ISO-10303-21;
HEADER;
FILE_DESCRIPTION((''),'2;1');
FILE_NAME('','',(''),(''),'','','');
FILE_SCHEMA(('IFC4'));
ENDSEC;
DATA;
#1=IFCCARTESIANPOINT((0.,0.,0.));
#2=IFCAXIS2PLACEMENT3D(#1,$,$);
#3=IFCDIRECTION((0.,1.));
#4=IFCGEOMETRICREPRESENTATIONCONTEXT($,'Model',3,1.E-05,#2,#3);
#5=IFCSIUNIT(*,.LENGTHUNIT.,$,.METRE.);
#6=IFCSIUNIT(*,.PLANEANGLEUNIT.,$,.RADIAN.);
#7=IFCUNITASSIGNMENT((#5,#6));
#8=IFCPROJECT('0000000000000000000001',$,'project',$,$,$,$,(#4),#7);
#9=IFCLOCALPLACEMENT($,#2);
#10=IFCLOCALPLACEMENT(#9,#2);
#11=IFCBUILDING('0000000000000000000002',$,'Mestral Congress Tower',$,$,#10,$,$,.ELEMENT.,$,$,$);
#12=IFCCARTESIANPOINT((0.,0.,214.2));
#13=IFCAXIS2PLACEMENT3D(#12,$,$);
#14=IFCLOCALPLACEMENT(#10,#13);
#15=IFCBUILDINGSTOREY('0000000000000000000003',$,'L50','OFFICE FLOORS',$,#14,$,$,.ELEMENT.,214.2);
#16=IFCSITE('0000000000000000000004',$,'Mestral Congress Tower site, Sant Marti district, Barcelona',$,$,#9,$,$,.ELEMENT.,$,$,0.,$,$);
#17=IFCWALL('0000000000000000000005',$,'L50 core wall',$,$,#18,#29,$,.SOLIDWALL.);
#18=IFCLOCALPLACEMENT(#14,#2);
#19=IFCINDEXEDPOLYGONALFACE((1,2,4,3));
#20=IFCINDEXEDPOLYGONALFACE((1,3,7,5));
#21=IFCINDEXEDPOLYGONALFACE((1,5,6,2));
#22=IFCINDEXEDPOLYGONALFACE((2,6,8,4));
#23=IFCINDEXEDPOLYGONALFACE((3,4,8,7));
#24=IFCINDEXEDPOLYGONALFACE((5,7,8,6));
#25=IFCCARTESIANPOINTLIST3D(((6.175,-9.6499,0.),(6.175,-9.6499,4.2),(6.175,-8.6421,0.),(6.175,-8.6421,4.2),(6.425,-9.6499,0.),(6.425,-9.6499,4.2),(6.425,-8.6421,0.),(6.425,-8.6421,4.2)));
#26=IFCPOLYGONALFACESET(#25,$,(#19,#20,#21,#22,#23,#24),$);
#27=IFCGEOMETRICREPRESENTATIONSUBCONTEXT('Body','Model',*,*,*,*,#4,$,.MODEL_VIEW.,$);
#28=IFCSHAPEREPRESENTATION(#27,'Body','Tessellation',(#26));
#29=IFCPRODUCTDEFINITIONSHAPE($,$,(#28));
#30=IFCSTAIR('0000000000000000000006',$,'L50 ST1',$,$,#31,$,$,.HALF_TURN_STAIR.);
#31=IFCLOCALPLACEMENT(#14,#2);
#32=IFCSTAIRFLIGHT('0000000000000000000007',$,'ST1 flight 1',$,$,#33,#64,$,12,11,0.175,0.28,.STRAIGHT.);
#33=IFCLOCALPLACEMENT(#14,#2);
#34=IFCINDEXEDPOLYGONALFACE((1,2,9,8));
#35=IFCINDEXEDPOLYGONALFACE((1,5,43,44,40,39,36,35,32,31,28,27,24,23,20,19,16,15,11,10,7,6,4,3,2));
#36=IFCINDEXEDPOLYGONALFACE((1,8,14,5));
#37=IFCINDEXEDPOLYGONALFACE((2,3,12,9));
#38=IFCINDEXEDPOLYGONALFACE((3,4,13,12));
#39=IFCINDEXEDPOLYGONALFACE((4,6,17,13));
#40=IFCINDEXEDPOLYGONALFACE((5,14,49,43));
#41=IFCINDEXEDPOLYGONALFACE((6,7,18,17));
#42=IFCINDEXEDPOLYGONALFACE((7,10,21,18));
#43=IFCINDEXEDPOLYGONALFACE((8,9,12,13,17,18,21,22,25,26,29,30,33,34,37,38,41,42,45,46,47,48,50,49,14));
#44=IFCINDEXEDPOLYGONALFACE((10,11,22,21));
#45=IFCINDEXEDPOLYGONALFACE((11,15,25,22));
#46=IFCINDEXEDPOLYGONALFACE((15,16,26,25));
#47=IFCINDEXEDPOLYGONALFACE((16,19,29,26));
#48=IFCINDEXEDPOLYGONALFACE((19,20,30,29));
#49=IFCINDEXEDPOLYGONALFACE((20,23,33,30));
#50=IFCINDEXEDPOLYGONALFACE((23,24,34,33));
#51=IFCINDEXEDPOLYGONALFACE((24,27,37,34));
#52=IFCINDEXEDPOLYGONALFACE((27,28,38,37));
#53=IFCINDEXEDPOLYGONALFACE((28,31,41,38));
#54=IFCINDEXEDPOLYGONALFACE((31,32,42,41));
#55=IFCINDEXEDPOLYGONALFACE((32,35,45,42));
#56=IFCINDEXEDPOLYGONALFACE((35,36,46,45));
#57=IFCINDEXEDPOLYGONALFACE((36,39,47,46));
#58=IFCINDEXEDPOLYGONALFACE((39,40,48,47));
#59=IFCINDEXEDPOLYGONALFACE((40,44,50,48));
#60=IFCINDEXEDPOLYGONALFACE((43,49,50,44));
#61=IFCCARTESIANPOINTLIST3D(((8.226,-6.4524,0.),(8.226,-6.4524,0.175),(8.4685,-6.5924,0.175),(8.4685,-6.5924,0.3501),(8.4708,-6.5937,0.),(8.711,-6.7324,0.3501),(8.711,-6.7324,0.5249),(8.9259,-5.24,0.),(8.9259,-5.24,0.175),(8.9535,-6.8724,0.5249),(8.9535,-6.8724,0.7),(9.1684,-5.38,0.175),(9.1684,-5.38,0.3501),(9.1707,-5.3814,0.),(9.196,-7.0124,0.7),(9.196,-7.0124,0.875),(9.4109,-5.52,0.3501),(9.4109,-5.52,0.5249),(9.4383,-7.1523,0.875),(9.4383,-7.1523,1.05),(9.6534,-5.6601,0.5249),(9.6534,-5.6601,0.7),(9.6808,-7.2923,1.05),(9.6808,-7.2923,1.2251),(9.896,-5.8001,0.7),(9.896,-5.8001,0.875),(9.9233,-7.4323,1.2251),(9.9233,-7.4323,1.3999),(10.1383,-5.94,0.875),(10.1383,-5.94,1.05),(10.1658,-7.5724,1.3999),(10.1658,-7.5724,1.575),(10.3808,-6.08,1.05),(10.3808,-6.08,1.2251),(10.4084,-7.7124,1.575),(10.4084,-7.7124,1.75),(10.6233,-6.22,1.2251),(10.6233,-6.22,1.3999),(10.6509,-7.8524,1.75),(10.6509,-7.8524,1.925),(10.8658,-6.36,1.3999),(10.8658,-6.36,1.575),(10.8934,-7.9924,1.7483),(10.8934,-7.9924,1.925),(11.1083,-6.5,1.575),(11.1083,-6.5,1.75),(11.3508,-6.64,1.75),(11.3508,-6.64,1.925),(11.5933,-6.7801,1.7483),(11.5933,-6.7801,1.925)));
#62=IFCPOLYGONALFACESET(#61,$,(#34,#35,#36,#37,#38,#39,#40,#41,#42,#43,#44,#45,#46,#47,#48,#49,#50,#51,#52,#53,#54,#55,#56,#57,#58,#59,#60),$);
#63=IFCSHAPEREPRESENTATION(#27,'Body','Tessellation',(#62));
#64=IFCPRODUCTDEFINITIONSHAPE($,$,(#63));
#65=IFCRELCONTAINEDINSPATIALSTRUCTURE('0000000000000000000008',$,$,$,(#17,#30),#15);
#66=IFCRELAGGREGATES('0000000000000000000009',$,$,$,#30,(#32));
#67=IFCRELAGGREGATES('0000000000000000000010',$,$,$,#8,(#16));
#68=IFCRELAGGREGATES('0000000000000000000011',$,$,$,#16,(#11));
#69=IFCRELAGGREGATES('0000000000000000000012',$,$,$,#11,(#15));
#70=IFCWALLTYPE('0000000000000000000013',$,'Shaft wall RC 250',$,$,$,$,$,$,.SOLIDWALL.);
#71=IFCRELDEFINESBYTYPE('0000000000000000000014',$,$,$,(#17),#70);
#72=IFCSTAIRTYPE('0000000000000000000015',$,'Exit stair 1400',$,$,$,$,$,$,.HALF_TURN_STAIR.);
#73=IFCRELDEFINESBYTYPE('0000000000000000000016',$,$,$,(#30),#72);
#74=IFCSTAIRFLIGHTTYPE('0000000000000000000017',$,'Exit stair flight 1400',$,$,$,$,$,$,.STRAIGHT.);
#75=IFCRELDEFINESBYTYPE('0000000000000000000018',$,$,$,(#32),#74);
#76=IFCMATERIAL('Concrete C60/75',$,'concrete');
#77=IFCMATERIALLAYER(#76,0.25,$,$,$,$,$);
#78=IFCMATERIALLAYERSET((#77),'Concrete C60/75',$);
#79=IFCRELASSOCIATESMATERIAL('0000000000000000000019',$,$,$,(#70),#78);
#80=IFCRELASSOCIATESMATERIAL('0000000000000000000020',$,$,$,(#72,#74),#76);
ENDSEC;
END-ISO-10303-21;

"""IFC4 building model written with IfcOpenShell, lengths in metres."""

from ifc_helpers import new_model, si_unit, direction, frame, frame_2d, origin, place, context, subcontext, project, spatial, polyline, rectangle, outline, extrude, material, layer, layer_set, type_object, element, aggregate, save


model = new_model("IFC4")

# Units and contexts
model_context = context("Model", 3, precision=1e-05, world=origin(), true_north=direction((0.0, 1.0)))
body_context = subcontext(model_context, "Body", "Model", "MODEL_VIEW")
ifc_project = project(units=[si_unit("LENGTHUNIT", "METRE"), si_unit("PLANEANGLEUNIT", "RADIAN")], contexts=[model_context])

# Site, building, storey
site_placement = place(None, origin())
site = spatial("IfcSite", under=ifc_project, at=site_placement, Name="Mestral Congress Tower site, Sant Marti district, Barcelona", CompositionType="ELEMENT", RefElevation=0.0)
building_placement = place(site_placement, origin())
building = spatial("IfcBuilding", under=site, at=building_placement, Name="Mestral Congress Tower", CompositionType="ELEMENT")
storey_placement = place(building_placement, frame((0.0, 0.0, 214.2)))
storey = spatial("IfcBuildingStorey", under=building, at=storey_placement, Name="L50", Description="OFFICE FLOORS", CompositionType="ELEMENT", Elevation=214.2)

# Shared definitions
ifc_material_1 = material(Name="Concrete C60/75", Category="concrete")

# Wall
ifc_layer_1 = layer(ifc_material_1, 0.25)
ifc_layer_set_1 = layer_set([ifc_layer_1], Name="Concrete C60/75")
wall_type_1 = type_object("IfcWallType", Name="Shaft wall RC 250", PredefinedType="SOLIDWALL", material=ifc_layer_set_1)
wall_1_placement = place(storey_placement, frame((6.3, -9.6499, 0.0), z_axis=(0.0, 0.0, 1.0), x_axis=(0.0, 1.0, 0.0)))
element("IfcWall", 1, at=wall_1_placement, inside=storey, type_object=wall_type_1, Name="L50 core wall", PredefinedType="SOLIDWALL", context=body_context, shape_type="SweptSolid", body=[
    extrude(rectangle(XDim=1.0078, YDim=0.25, at=frame_2d((0.5039, 0.0))), origin(), (0.0, 0.0, 1.0), 4.2),
])

# Stair, stair flight
stair_type = type_object("IfcStairType", Name="Exit stair 1400", PredefinedType="HALF_TURN_STAIR", material=ifc_material_1)
stair_placement = place(storey_placement, origin())
stair = element("IfcStair", 2, at=stair_placement, inside=storey, type_object=stair_type, Name="L50 ST1", PredefinedType="HALF_TURN_STAIR")
stair_flight_type = type_object("IfcStairFlightType", Name="Exit stair flight 1400", PredefinedType="STRAIGHT", material=ifc_material_1)
stair_flight_placement = place(storey_placement, frame((8.5759, -5.8462, 0.0), z_axis=(0.0, 0.0, 1.0), x_axis=(0.866025, -0.5, 0.0)))
stair_flight = element("IfcStairFlight", 3, at=stair_flight_placement, type_object=stair_flight_type, Name="ST1 flight 1", NumberOfRisers=12, NumberOfTreads=11, PredefinedType="STRAIGHT", RiserHeight=0.175, TreadLength=0.28, context=body_context, shape_type="SweptSolid", body=[
    extrude(outline(polyline([(0.0, 0.0), (0.0, 0.175), (0.28, 0.175), (0.28, 0.3501), (0.5601, 0.3501), (0.5601, 0.5249), (0.8401, 0.5249), (0.8401, 0.7), (1.1201, 0.7), (1.1201, 0.875), (1.3999, 0.875), (1.3999, 1.05), (1.6799, 1.05), (1.6799, 1.2251), (1.96, 1.2251), (1.96, 1.3999), (2.24, 1.3999), (2.24, 1.575), (2.52, 1.575), (2.52, 1.75), (2.8, 1.75), (2.8, 1.925), (3.0801, 1.925), (3.0801, 2.1001), (3.0801, 1.7483), (0.2827, 0.0), (0.0, 0.0)])), frame((0.0, 0.7, 0.0), z_axis=(0.0, -1.0, 0.0), x_axis=(1.0, 0.0, 0.0)), (0.0, 0.0, 1.0), 1.3999),
])
aggregate(stair, [stair_flight])

save(model, "model.ifc")
